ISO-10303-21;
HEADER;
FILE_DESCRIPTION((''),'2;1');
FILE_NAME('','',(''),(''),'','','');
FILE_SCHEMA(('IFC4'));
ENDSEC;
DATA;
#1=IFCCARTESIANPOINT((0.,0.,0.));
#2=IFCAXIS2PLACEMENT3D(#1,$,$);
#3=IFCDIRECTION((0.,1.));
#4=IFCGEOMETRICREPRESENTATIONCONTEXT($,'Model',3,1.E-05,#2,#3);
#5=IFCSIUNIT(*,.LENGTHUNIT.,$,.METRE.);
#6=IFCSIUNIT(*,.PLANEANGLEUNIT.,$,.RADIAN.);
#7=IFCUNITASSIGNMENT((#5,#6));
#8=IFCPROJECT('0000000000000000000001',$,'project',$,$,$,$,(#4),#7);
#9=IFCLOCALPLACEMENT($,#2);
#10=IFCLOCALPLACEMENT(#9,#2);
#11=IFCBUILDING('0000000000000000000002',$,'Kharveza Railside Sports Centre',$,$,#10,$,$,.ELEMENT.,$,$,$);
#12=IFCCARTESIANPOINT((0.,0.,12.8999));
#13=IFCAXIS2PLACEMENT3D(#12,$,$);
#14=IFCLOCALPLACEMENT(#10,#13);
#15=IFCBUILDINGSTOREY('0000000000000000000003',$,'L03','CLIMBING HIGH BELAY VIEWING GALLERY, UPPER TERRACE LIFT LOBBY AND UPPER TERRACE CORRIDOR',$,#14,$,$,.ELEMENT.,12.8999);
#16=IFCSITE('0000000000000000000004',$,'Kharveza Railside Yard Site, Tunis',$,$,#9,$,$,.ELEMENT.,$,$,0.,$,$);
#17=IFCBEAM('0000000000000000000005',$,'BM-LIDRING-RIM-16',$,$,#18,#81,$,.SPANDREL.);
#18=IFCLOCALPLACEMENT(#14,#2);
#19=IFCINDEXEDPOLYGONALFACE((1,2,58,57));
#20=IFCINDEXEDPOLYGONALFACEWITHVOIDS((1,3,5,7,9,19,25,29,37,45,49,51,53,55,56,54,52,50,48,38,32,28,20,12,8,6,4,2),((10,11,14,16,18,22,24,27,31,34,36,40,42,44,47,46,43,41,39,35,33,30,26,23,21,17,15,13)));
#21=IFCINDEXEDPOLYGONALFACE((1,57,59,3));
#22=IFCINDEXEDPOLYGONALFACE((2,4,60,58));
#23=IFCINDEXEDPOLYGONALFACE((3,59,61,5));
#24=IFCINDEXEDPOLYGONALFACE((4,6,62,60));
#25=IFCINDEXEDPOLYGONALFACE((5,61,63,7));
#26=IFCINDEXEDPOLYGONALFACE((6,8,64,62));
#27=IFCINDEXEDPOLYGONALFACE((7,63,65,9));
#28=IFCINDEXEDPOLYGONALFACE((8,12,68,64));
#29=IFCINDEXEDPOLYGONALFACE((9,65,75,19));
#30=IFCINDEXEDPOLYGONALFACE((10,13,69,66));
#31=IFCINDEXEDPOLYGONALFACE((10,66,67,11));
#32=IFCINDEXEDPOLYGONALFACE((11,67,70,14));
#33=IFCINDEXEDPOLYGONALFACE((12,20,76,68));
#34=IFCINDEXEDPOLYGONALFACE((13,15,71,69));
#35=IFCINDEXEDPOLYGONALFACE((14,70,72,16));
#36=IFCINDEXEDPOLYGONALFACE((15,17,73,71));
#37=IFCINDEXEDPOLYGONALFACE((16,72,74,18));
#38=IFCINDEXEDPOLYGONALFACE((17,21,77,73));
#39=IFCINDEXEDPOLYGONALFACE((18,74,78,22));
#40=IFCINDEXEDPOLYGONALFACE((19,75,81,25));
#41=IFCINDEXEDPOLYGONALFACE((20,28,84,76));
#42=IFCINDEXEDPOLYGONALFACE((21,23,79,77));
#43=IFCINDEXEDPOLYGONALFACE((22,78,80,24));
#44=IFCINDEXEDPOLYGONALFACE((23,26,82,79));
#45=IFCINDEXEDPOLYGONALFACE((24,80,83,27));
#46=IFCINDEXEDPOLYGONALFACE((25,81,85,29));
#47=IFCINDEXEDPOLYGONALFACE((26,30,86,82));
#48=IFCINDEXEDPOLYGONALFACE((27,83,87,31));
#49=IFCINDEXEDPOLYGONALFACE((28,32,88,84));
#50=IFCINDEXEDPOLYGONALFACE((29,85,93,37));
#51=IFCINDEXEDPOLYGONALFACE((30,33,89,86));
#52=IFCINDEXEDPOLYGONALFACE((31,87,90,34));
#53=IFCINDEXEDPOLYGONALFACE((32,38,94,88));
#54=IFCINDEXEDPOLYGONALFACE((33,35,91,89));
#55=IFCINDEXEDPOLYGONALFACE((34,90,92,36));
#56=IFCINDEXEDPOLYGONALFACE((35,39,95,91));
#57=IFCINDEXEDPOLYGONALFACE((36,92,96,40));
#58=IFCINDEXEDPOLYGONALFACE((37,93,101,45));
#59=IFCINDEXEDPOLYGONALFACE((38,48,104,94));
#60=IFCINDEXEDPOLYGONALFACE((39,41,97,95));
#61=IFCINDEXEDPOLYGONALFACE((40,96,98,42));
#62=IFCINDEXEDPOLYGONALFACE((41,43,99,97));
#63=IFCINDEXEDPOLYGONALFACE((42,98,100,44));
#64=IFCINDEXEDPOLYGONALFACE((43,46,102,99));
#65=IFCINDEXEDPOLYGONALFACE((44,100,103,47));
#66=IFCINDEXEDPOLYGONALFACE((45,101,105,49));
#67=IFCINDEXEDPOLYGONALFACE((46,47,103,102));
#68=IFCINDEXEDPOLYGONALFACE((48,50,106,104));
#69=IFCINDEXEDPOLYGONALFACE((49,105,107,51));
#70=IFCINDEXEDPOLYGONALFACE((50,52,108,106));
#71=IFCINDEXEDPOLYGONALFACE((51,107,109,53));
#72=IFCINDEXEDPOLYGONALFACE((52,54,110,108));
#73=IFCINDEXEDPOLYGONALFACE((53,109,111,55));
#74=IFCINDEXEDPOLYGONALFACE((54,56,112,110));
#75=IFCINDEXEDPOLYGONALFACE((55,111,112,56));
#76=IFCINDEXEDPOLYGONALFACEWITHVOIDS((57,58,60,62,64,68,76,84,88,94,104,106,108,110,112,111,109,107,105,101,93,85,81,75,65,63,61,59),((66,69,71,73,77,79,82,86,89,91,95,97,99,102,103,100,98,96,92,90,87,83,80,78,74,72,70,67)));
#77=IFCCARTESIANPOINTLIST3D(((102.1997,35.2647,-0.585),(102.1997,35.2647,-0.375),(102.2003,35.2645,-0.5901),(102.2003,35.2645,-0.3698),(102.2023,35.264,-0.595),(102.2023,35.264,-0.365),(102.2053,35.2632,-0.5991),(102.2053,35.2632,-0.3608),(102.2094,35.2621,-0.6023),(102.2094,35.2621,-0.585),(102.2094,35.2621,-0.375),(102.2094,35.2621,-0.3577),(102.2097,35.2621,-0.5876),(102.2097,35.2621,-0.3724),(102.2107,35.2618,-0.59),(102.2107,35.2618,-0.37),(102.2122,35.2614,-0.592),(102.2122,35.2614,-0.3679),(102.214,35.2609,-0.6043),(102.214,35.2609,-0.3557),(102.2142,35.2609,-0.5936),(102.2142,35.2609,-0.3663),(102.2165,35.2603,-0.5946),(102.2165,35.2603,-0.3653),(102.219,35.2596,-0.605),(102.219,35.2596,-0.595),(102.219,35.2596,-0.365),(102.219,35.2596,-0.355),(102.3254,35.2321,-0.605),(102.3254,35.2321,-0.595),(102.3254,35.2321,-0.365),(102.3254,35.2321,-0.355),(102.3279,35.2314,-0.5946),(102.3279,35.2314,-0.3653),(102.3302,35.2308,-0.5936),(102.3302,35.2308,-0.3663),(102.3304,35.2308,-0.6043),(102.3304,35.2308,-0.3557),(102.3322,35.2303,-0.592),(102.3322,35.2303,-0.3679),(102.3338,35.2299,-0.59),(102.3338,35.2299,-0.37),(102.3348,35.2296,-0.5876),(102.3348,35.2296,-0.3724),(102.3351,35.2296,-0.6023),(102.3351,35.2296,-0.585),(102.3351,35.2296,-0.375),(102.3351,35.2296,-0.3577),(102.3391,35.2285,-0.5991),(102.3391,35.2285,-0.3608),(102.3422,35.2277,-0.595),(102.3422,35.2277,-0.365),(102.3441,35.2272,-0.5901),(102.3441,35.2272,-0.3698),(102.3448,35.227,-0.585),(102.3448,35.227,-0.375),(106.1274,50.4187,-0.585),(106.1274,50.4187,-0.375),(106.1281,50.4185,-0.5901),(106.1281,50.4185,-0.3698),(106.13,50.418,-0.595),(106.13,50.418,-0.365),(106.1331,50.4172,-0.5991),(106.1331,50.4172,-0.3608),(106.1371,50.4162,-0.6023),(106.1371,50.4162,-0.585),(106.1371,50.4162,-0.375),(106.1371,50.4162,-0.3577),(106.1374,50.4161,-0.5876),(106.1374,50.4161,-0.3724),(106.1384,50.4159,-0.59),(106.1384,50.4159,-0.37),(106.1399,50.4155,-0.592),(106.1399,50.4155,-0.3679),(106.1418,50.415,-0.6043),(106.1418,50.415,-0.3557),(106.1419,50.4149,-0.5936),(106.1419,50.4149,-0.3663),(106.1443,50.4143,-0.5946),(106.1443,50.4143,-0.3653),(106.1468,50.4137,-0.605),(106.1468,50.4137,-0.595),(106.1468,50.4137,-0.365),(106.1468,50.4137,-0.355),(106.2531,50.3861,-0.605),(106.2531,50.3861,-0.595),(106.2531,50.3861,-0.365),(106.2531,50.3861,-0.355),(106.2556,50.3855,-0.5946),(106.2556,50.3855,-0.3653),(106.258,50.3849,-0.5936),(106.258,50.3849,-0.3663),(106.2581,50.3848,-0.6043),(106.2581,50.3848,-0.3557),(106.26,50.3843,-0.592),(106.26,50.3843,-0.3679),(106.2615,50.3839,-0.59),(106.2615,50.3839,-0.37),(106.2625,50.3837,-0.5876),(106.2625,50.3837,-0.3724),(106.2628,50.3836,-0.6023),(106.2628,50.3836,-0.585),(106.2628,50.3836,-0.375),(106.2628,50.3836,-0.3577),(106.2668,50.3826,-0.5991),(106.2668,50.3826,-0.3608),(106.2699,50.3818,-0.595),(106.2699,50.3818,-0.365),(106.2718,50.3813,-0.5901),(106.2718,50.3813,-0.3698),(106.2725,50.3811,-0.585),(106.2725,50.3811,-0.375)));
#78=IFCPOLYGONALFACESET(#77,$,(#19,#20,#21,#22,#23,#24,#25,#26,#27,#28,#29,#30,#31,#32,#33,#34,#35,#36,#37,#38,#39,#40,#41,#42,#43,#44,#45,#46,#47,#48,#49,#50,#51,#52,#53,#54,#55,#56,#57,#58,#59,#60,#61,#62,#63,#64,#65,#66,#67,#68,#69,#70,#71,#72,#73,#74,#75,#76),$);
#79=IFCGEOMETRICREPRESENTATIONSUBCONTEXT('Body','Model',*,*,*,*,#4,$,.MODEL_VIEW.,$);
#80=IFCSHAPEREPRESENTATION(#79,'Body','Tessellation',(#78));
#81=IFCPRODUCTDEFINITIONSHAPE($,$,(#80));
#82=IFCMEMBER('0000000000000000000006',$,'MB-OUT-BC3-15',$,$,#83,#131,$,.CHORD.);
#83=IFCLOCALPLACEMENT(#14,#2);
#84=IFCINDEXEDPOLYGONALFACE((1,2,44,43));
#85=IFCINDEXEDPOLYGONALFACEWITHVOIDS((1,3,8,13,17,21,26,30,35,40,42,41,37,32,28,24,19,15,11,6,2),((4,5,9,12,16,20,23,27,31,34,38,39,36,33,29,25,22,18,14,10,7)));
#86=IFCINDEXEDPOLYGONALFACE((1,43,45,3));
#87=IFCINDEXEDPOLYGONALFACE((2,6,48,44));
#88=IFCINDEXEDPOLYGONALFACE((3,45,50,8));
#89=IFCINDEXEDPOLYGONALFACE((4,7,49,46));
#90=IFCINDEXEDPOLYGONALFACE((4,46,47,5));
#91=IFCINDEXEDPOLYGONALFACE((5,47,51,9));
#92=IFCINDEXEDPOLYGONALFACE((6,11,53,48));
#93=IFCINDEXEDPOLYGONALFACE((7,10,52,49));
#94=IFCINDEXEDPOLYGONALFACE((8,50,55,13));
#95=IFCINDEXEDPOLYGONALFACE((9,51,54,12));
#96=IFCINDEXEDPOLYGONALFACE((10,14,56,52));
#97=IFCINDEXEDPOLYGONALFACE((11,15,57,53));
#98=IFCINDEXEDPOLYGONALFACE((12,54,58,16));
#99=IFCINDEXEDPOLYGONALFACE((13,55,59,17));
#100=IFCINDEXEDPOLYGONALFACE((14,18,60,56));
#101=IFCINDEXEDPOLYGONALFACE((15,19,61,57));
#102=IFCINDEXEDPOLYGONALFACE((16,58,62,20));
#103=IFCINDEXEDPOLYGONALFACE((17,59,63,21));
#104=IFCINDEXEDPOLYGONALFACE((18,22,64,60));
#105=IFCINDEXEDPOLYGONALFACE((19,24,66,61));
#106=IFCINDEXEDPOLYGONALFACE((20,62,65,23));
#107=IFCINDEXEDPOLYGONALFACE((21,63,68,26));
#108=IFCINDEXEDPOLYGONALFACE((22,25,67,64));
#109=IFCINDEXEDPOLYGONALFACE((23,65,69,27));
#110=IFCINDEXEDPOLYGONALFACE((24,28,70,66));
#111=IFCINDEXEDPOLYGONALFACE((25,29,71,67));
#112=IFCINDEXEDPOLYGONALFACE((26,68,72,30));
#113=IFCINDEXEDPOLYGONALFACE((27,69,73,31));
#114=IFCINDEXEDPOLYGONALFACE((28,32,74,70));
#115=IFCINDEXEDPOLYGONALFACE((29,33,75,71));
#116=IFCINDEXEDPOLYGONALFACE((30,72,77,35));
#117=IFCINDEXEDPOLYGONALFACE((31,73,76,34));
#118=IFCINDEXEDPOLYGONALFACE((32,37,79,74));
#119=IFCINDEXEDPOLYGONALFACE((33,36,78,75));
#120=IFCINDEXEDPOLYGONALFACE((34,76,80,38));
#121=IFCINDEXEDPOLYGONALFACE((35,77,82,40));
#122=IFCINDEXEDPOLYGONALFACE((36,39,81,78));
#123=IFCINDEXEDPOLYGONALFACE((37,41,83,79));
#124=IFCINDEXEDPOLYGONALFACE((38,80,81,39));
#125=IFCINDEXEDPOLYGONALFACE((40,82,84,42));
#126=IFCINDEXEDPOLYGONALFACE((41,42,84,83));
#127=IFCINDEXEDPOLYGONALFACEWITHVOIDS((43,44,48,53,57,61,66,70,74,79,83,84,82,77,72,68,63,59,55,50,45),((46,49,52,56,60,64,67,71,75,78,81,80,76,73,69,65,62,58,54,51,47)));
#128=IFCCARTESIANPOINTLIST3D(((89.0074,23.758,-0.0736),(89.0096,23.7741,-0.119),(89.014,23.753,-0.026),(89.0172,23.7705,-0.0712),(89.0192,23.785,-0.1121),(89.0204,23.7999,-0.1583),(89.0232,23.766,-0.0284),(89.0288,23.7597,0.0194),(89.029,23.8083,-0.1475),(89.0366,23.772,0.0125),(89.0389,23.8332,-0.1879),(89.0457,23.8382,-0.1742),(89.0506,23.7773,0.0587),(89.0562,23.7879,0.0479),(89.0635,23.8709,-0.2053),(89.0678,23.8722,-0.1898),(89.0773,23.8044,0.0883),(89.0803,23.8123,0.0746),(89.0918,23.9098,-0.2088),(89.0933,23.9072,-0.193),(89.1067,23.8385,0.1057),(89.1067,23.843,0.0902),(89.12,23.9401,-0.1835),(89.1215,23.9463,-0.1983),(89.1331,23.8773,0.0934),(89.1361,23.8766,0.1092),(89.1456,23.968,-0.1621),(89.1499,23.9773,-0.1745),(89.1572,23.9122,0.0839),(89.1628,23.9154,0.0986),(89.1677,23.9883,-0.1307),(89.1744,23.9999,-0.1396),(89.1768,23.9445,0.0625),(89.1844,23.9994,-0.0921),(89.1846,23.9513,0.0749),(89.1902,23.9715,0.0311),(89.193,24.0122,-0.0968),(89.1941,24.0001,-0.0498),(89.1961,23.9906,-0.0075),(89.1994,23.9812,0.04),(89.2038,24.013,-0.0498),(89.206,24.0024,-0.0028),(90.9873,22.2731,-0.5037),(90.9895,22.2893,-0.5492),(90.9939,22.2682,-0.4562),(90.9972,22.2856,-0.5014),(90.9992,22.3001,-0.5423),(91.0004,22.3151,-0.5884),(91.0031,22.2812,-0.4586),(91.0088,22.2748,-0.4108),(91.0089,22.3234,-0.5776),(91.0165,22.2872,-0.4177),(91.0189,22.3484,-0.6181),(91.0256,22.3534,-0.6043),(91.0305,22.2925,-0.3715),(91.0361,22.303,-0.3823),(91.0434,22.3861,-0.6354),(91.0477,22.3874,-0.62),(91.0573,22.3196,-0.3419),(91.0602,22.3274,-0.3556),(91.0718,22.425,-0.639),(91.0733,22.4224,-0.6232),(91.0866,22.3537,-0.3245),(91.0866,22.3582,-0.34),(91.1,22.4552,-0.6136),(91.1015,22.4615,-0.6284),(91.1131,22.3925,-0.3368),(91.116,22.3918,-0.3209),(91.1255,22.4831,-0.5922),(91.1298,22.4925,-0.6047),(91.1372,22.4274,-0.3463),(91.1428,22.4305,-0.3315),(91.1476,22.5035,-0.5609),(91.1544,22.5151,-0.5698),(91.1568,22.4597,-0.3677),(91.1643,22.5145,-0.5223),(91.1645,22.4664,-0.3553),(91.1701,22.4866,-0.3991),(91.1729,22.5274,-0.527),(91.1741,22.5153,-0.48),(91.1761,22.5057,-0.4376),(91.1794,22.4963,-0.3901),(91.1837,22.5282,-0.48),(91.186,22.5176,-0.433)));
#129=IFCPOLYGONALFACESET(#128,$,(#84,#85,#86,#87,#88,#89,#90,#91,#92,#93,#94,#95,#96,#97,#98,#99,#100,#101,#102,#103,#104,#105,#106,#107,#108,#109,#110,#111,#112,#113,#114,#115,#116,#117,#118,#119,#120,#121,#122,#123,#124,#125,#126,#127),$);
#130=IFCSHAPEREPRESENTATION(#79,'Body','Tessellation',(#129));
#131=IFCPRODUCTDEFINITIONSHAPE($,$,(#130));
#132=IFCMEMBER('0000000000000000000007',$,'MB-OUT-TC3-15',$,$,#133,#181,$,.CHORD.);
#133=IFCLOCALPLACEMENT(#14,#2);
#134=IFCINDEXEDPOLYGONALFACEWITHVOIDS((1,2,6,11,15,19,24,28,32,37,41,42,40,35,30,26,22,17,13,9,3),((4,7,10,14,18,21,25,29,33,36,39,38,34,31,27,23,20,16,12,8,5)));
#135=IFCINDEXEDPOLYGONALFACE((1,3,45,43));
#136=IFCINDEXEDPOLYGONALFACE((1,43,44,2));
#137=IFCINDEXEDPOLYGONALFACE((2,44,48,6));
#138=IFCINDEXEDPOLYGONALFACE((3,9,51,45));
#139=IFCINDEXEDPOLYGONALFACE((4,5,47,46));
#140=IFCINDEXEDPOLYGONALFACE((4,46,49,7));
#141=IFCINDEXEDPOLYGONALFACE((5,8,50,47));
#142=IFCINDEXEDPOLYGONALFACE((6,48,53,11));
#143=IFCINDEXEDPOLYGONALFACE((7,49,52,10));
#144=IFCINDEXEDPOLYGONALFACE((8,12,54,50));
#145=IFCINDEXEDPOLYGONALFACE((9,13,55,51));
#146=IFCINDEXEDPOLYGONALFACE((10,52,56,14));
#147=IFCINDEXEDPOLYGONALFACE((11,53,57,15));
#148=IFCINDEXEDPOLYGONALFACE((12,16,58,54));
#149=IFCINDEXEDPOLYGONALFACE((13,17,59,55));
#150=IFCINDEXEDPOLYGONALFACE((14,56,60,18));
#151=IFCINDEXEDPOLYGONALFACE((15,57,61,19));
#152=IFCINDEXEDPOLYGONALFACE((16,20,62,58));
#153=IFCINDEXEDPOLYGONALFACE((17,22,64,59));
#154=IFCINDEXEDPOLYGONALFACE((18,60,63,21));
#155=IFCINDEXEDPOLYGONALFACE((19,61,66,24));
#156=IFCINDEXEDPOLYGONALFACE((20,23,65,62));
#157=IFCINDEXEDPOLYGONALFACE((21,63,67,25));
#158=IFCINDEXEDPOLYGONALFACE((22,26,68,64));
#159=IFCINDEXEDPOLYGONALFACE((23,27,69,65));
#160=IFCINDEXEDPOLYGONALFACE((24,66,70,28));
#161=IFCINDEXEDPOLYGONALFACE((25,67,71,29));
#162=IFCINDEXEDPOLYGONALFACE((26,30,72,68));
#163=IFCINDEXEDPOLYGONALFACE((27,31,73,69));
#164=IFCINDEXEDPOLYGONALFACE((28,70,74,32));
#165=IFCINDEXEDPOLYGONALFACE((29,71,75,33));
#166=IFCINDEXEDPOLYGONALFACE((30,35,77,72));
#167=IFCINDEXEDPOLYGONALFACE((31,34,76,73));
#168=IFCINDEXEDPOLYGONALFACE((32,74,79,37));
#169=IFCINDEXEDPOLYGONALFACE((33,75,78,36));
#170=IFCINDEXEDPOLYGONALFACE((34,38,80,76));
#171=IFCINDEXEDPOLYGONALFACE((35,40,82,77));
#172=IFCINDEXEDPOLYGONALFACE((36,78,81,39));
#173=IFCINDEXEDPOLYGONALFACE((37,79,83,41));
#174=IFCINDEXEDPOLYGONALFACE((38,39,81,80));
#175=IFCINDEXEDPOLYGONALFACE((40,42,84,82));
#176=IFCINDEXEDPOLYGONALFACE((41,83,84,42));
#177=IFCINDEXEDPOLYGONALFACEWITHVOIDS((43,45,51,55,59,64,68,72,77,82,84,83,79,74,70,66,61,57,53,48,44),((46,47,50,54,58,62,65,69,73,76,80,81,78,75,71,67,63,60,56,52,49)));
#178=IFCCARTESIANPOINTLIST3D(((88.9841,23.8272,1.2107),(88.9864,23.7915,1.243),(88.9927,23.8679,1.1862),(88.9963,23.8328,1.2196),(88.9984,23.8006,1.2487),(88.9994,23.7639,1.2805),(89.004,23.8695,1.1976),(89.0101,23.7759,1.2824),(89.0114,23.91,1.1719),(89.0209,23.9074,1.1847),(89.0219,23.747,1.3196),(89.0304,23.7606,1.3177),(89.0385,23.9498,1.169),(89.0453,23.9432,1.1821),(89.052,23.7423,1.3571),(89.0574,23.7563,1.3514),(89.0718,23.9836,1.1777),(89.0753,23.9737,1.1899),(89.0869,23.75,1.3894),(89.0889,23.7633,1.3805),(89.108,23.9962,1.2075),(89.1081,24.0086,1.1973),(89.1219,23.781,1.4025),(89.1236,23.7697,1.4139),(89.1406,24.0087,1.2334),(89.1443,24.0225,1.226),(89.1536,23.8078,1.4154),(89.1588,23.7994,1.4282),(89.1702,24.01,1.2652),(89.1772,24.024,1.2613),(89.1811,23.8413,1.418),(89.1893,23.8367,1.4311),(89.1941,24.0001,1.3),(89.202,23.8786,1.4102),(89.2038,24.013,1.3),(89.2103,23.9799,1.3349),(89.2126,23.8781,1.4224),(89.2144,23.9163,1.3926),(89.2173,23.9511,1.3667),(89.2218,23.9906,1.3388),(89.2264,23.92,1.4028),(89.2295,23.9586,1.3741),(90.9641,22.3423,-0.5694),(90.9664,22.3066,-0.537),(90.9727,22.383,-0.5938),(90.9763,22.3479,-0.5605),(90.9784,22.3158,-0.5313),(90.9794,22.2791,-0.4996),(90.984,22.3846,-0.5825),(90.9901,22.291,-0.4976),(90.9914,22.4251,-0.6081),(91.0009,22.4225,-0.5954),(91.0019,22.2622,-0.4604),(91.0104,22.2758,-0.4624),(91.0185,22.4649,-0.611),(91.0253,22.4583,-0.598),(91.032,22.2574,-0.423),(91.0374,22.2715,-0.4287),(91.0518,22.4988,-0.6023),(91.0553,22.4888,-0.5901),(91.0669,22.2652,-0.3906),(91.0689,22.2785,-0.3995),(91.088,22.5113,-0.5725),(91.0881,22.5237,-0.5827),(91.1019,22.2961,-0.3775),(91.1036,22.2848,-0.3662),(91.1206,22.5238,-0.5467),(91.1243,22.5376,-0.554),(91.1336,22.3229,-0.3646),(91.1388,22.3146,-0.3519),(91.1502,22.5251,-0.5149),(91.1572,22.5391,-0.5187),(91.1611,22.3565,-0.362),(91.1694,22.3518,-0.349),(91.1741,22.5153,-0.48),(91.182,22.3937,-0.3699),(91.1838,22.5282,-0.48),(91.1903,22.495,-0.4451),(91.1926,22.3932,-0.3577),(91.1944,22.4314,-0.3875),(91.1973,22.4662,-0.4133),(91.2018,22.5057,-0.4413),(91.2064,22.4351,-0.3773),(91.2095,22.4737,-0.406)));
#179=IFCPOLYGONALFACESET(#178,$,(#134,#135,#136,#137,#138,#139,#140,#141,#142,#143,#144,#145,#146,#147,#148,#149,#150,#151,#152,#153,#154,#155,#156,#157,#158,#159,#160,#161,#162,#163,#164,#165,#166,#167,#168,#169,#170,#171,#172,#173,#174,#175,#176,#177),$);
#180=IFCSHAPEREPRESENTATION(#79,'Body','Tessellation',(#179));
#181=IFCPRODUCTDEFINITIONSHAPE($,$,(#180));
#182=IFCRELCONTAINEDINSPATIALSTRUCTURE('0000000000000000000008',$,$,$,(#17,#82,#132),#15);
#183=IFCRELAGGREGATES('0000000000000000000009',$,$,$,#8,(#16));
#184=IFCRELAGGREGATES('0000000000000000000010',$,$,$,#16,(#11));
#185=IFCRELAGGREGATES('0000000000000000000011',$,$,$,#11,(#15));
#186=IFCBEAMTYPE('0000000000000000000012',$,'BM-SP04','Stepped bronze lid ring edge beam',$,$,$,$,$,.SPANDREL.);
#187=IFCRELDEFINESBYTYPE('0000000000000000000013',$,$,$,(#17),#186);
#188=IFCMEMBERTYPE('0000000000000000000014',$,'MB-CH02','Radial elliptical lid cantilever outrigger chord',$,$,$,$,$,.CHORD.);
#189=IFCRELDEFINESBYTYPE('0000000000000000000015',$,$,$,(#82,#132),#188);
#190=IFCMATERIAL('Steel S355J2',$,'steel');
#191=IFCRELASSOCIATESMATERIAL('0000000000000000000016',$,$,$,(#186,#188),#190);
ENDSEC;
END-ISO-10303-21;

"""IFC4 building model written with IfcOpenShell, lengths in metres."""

from ifc_helpers import new_model, si_unit, direction, frame, origin, origin_2d, place, context, subcontext, project, spatial, hollow_rectangle, hollow_circle, extrude, material, material_profile, profile_set, type_object, element, save


model = new_model("IFC4")

# Units and contexts
model_context = context("Model", 3, precision=1e-05, world=origin(), true_north=direction((0.0, 1.0)))
body_context = subcontext(model_context, "Body", "Model", "MODEL_VIEW")
ifc_project = project(units=[si_unit("LENGTHUNIT", "METRE"), si_unit("PLANEANGLEUNIT", "RADIAN")], contexts=[model_context])

# Site, building, storey
site_placement = place(None, origin())
site = spatial("IfcSite", under=ifc_project, at=site_placement, Name="Kharveza Railside Yard Site, Tunis", CompositionType="ELEMENT", RefElevation=0.0)
building_placement = place(site_placement, origin())
building = spatial("IfcBuilding", under=site, at=building_placement, Name="Kharveza Railside Sports Centre", CompositionType="ELEMENT")
storey_placement = place(building_placement, frame((0.0, 0.0, 12.8999)))
storey = spatial("IfcBuildingStorey", under=building, at=storey_placement, Name="L03", Description="CLIMBING HIGH BELAY VIEWING GALLERY, UPPER TERRACE LIFT LOBBY AND UPPER TERRACE CORRIDOR", CompositionType="ELEMENT", Elevation=12.8999)

# Beam
ifc_material_1 = material(Name="Steel S355J2", Category="steel")
ifc_material_profile_1 = material_profile(ifc_material_1, hollow_rectangle(XDim=0.1499, YDim=0.25, WallThickness=0.01, InnerFilletRadius=0.01, OuterFilletRadius=0.02, at=origin_2d()), Name="RHS 150x250x10.0")
ifc_profile_set_1 = profile_set([ifc_material_profile_1], Name="Steel S355J2")
beam_type = type_object("IfcBeamType", Name="BM-SP04", Description="Stepped bronze lid ring edge beam", PredefinedType="SPANDREL", material=ifc_profile_set_1)
beam_1_placement = place(storey_placement, frame((102.2722, 35.2458, -0.48), z_axis=(0.250897, 0.968014, 0.0), x_axis=(-0.968014, 0.250897, 0.0)))
element("IfcBeam", 1, at=beam_1_placement, inside=storey, type_object=beam_type, Name="BM-LIDRING-RIM-16", PredefinedType="SPANDREL", context=body_context, shape_type="SweptSolid", body=[
    extrude(hollow_rectangle(XDim=0.1499, YDim=0.25, WallThickness=0.01, InnerFilletRadius=0.01, OuterFilletRadius=0.02, at=origin_2d()), origin(), (0.0, 0.0, 1.0), 15.6548),
])

# Members
ifc_material_profile_2 = material_profile(ifc_material_1, hollow_circle(Radius=0.1619, WallThickness=0.0161, at=origin_2d()), Name="CHS 323.9x16.0")
ifc_profile_set_2 = profile_set([ifc_material_profile_2], Name="Steel S355J2")
member_type_1 = type_object("IfcMemberType", Name="MB-CH02", Description="Radial elliptical lid cantilever outrigger chord", PredefinedType="CHORD", material=ifc_profile_set_2)
member_1_placement = place(storey_placement, frame((89.1067, 23.8835, -0.0498), z_axis=(0.788206, -0.591106, -0.171248), x_axis=(0.599968, 0.800024, 0.0)))
element("IfcMember", 2, at=member_1_placement, inside=storey, type_object=member_type_1, Name="MB-OUT-BC3-15", PredefinedType="CHORD", context=body_context, shape_type="SweptSolid", body=[
    extrude(hollow_circle(Radius=0.1619, WallThickness=0.0161, at=origin_2d()), origin(), (0.0, 0.0, 1.0), 2.512),
])
member_2_placement = place(storey_placement, frame((89.1067, 23.8835, 1.3), z_axis=(0.649483, -0.487072, -0.583894), x_axis=(0.599968, 0.800024, 0.0)))
element("IfcMember", 3, at=member_2_placement, inside=storey, type_object=member_type_1, Name="MB-OUT-TC3-15", PredefinedType="CHORD", context=body_context, shape_type="SweptSolid", body=[
    extrude(hollow_circle(Radius=0.1619, WallThickness=0.0161, at=origin_2d()), origin(), (0.0, 0.0, 1.0), 3.0486),
])

save(model, "model.ifc")
